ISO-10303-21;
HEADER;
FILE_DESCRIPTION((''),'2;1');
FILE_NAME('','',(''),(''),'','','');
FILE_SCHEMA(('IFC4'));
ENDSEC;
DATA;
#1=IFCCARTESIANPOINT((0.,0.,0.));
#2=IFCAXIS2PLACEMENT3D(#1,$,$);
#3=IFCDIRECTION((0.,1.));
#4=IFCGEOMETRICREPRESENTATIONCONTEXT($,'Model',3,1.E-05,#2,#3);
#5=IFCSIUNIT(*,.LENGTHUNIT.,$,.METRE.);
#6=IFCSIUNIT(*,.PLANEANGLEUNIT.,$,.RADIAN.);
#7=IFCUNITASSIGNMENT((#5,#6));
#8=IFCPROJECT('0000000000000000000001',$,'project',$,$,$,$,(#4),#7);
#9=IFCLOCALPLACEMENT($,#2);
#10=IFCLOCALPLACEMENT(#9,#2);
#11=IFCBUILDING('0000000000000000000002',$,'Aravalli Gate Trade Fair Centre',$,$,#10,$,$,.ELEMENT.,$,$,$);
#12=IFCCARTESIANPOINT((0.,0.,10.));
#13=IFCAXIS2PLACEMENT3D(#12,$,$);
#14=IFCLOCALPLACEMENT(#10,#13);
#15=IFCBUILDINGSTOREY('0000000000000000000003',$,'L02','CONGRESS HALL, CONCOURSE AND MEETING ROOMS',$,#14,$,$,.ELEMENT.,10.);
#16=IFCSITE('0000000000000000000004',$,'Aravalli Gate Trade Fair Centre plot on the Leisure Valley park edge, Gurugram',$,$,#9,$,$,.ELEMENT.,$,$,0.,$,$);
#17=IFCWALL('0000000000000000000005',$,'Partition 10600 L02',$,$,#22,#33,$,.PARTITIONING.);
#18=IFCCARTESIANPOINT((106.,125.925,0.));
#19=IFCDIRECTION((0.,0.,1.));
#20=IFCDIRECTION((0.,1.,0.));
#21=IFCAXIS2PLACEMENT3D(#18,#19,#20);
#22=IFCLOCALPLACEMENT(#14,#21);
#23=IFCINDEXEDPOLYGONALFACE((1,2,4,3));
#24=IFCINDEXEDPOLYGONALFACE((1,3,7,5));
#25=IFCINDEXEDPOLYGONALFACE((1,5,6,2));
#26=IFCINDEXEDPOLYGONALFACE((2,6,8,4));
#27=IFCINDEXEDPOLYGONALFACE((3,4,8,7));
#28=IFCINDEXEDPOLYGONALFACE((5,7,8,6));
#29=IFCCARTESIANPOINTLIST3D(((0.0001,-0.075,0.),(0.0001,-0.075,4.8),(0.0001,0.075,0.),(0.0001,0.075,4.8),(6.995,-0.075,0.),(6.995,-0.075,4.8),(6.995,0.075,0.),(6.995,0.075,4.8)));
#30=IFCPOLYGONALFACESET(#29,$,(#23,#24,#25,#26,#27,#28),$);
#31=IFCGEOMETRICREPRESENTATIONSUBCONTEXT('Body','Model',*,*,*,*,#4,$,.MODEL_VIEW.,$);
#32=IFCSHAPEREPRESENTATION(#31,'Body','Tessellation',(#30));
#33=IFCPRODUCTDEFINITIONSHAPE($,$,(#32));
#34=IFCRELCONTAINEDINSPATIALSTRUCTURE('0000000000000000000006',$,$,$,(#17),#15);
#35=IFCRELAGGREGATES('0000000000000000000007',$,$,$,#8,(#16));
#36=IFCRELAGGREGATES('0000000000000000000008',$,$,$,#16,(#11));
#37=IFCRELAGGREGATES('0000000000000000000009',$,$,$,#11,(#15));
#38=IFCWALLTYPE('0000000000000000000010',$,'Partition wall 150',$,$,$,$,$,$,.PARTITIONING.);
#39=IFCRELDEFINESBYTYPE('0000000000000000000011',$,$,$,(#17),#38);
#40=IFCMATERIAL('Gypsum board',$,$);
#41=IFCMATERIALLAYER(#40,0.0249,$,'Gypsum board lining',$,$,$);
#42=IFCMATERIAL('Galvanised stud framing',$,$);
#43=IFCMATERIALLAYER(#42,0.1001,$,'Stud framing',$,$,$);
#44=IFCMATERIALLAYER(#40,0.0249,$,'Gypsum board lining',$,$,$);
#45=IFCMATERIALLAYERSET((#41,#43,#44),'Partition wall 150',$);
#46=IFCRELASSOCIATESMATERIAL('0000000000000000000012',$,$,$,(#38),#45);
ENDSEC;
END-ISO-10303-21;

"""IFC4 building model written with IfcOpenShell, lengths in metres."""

from ifc_helpers import new_model, si_unit, direction, frame, frame_2d, origin, place, context, subcontext, project, spatial, rectangle, extrude, material, layer, layer_set, type_object, element, save


model = new_model("IFC4")

# Units and contexts
model_context = context("Model", 3, precision=1e-05, world=origin(), true_north=direction((0.0, 1.0)))
body_context = subcontext(model_context, "Body", "Model", "MODEL_VIEW")
ifc_project = project(units=[si_unit("LENGTHUNIT", "METRE"), si_unit("PLANEANGLEUNIT", "RADIAN")], contexts=[model_context])

# Site, building, storey
site_placement = place(None, origin())
site = spatial("IfcSite", under=ifc_project, at=site_placement, Name="Aravalli Gate Trade Fair Centre plot on the Leisure Valley park edge, Gurugram", CompositionType="ELEMENT", RefElevation=0.0)
building_placement = place(site_placement, origin())
building = spatial("IfcBuilding", under=site, at=building_placement, Name="Aravalli Gate Trade Fair Centre", CompositionType="ELEMENT")
storey_placement = place(building_placement, frame((0.0, 0.0, 10.0)))
storey = spatial("IfcBuildingStorey", under=building, at=storey_placement, Name="L02", Description="CONGRESS HALL, CONCOURSE AND MEETING ROOMS", CompositionType="ELEMENT", Elevation=10.0)

# Shared definitions
ifc_material_1 = material(Name="Gypsum board")
ifc_layer_1 = layer(ifc_material_1, 0.0249, Name="Gypsum board lining")
ifc_material_2 = material(Name="Galvanised stud framing")
ifc_layer_2 = layer(ifc_material_2, 0.1001, Name="Stud framing")
ifc_layer_3 = layer(ifc_material_1, 0.0249, Name="Gypsum board lining")
ifc_layer_set_1 = layer_set([ifc_layer_1, ifc_layer_2, ifc_layer_3], Name="Partition wall 150")
wall_type_1 = type_object("IfcWallType", Name="Partition wall 150", PredefinedType="PARTITIONING", material=ifc_layer_set_1)

# Wall
wall_1_placement = place(storey_placement, frame((106.0, 125.925, 0.0), z_axis=(0.0, 0.0, 1.0), x_axis=(0.0, 1.0, 0.0)))
element("IfcWall", 1, at=wall_1_placement, inside=storey, type_object=wall_type_1, Name="Partition 10600 L02", PredefinedType="PARTITIONING", context=body_context, shape_type="SweptSolid", body=[
    extrude(rectangle(XDim=6.9949, YDim=0.1499, at=frame_2d((3.4976, 0.0))), origin(), (0.0, 0.0, 1.0), 4.8),
])

save(model, "model.ifc")
